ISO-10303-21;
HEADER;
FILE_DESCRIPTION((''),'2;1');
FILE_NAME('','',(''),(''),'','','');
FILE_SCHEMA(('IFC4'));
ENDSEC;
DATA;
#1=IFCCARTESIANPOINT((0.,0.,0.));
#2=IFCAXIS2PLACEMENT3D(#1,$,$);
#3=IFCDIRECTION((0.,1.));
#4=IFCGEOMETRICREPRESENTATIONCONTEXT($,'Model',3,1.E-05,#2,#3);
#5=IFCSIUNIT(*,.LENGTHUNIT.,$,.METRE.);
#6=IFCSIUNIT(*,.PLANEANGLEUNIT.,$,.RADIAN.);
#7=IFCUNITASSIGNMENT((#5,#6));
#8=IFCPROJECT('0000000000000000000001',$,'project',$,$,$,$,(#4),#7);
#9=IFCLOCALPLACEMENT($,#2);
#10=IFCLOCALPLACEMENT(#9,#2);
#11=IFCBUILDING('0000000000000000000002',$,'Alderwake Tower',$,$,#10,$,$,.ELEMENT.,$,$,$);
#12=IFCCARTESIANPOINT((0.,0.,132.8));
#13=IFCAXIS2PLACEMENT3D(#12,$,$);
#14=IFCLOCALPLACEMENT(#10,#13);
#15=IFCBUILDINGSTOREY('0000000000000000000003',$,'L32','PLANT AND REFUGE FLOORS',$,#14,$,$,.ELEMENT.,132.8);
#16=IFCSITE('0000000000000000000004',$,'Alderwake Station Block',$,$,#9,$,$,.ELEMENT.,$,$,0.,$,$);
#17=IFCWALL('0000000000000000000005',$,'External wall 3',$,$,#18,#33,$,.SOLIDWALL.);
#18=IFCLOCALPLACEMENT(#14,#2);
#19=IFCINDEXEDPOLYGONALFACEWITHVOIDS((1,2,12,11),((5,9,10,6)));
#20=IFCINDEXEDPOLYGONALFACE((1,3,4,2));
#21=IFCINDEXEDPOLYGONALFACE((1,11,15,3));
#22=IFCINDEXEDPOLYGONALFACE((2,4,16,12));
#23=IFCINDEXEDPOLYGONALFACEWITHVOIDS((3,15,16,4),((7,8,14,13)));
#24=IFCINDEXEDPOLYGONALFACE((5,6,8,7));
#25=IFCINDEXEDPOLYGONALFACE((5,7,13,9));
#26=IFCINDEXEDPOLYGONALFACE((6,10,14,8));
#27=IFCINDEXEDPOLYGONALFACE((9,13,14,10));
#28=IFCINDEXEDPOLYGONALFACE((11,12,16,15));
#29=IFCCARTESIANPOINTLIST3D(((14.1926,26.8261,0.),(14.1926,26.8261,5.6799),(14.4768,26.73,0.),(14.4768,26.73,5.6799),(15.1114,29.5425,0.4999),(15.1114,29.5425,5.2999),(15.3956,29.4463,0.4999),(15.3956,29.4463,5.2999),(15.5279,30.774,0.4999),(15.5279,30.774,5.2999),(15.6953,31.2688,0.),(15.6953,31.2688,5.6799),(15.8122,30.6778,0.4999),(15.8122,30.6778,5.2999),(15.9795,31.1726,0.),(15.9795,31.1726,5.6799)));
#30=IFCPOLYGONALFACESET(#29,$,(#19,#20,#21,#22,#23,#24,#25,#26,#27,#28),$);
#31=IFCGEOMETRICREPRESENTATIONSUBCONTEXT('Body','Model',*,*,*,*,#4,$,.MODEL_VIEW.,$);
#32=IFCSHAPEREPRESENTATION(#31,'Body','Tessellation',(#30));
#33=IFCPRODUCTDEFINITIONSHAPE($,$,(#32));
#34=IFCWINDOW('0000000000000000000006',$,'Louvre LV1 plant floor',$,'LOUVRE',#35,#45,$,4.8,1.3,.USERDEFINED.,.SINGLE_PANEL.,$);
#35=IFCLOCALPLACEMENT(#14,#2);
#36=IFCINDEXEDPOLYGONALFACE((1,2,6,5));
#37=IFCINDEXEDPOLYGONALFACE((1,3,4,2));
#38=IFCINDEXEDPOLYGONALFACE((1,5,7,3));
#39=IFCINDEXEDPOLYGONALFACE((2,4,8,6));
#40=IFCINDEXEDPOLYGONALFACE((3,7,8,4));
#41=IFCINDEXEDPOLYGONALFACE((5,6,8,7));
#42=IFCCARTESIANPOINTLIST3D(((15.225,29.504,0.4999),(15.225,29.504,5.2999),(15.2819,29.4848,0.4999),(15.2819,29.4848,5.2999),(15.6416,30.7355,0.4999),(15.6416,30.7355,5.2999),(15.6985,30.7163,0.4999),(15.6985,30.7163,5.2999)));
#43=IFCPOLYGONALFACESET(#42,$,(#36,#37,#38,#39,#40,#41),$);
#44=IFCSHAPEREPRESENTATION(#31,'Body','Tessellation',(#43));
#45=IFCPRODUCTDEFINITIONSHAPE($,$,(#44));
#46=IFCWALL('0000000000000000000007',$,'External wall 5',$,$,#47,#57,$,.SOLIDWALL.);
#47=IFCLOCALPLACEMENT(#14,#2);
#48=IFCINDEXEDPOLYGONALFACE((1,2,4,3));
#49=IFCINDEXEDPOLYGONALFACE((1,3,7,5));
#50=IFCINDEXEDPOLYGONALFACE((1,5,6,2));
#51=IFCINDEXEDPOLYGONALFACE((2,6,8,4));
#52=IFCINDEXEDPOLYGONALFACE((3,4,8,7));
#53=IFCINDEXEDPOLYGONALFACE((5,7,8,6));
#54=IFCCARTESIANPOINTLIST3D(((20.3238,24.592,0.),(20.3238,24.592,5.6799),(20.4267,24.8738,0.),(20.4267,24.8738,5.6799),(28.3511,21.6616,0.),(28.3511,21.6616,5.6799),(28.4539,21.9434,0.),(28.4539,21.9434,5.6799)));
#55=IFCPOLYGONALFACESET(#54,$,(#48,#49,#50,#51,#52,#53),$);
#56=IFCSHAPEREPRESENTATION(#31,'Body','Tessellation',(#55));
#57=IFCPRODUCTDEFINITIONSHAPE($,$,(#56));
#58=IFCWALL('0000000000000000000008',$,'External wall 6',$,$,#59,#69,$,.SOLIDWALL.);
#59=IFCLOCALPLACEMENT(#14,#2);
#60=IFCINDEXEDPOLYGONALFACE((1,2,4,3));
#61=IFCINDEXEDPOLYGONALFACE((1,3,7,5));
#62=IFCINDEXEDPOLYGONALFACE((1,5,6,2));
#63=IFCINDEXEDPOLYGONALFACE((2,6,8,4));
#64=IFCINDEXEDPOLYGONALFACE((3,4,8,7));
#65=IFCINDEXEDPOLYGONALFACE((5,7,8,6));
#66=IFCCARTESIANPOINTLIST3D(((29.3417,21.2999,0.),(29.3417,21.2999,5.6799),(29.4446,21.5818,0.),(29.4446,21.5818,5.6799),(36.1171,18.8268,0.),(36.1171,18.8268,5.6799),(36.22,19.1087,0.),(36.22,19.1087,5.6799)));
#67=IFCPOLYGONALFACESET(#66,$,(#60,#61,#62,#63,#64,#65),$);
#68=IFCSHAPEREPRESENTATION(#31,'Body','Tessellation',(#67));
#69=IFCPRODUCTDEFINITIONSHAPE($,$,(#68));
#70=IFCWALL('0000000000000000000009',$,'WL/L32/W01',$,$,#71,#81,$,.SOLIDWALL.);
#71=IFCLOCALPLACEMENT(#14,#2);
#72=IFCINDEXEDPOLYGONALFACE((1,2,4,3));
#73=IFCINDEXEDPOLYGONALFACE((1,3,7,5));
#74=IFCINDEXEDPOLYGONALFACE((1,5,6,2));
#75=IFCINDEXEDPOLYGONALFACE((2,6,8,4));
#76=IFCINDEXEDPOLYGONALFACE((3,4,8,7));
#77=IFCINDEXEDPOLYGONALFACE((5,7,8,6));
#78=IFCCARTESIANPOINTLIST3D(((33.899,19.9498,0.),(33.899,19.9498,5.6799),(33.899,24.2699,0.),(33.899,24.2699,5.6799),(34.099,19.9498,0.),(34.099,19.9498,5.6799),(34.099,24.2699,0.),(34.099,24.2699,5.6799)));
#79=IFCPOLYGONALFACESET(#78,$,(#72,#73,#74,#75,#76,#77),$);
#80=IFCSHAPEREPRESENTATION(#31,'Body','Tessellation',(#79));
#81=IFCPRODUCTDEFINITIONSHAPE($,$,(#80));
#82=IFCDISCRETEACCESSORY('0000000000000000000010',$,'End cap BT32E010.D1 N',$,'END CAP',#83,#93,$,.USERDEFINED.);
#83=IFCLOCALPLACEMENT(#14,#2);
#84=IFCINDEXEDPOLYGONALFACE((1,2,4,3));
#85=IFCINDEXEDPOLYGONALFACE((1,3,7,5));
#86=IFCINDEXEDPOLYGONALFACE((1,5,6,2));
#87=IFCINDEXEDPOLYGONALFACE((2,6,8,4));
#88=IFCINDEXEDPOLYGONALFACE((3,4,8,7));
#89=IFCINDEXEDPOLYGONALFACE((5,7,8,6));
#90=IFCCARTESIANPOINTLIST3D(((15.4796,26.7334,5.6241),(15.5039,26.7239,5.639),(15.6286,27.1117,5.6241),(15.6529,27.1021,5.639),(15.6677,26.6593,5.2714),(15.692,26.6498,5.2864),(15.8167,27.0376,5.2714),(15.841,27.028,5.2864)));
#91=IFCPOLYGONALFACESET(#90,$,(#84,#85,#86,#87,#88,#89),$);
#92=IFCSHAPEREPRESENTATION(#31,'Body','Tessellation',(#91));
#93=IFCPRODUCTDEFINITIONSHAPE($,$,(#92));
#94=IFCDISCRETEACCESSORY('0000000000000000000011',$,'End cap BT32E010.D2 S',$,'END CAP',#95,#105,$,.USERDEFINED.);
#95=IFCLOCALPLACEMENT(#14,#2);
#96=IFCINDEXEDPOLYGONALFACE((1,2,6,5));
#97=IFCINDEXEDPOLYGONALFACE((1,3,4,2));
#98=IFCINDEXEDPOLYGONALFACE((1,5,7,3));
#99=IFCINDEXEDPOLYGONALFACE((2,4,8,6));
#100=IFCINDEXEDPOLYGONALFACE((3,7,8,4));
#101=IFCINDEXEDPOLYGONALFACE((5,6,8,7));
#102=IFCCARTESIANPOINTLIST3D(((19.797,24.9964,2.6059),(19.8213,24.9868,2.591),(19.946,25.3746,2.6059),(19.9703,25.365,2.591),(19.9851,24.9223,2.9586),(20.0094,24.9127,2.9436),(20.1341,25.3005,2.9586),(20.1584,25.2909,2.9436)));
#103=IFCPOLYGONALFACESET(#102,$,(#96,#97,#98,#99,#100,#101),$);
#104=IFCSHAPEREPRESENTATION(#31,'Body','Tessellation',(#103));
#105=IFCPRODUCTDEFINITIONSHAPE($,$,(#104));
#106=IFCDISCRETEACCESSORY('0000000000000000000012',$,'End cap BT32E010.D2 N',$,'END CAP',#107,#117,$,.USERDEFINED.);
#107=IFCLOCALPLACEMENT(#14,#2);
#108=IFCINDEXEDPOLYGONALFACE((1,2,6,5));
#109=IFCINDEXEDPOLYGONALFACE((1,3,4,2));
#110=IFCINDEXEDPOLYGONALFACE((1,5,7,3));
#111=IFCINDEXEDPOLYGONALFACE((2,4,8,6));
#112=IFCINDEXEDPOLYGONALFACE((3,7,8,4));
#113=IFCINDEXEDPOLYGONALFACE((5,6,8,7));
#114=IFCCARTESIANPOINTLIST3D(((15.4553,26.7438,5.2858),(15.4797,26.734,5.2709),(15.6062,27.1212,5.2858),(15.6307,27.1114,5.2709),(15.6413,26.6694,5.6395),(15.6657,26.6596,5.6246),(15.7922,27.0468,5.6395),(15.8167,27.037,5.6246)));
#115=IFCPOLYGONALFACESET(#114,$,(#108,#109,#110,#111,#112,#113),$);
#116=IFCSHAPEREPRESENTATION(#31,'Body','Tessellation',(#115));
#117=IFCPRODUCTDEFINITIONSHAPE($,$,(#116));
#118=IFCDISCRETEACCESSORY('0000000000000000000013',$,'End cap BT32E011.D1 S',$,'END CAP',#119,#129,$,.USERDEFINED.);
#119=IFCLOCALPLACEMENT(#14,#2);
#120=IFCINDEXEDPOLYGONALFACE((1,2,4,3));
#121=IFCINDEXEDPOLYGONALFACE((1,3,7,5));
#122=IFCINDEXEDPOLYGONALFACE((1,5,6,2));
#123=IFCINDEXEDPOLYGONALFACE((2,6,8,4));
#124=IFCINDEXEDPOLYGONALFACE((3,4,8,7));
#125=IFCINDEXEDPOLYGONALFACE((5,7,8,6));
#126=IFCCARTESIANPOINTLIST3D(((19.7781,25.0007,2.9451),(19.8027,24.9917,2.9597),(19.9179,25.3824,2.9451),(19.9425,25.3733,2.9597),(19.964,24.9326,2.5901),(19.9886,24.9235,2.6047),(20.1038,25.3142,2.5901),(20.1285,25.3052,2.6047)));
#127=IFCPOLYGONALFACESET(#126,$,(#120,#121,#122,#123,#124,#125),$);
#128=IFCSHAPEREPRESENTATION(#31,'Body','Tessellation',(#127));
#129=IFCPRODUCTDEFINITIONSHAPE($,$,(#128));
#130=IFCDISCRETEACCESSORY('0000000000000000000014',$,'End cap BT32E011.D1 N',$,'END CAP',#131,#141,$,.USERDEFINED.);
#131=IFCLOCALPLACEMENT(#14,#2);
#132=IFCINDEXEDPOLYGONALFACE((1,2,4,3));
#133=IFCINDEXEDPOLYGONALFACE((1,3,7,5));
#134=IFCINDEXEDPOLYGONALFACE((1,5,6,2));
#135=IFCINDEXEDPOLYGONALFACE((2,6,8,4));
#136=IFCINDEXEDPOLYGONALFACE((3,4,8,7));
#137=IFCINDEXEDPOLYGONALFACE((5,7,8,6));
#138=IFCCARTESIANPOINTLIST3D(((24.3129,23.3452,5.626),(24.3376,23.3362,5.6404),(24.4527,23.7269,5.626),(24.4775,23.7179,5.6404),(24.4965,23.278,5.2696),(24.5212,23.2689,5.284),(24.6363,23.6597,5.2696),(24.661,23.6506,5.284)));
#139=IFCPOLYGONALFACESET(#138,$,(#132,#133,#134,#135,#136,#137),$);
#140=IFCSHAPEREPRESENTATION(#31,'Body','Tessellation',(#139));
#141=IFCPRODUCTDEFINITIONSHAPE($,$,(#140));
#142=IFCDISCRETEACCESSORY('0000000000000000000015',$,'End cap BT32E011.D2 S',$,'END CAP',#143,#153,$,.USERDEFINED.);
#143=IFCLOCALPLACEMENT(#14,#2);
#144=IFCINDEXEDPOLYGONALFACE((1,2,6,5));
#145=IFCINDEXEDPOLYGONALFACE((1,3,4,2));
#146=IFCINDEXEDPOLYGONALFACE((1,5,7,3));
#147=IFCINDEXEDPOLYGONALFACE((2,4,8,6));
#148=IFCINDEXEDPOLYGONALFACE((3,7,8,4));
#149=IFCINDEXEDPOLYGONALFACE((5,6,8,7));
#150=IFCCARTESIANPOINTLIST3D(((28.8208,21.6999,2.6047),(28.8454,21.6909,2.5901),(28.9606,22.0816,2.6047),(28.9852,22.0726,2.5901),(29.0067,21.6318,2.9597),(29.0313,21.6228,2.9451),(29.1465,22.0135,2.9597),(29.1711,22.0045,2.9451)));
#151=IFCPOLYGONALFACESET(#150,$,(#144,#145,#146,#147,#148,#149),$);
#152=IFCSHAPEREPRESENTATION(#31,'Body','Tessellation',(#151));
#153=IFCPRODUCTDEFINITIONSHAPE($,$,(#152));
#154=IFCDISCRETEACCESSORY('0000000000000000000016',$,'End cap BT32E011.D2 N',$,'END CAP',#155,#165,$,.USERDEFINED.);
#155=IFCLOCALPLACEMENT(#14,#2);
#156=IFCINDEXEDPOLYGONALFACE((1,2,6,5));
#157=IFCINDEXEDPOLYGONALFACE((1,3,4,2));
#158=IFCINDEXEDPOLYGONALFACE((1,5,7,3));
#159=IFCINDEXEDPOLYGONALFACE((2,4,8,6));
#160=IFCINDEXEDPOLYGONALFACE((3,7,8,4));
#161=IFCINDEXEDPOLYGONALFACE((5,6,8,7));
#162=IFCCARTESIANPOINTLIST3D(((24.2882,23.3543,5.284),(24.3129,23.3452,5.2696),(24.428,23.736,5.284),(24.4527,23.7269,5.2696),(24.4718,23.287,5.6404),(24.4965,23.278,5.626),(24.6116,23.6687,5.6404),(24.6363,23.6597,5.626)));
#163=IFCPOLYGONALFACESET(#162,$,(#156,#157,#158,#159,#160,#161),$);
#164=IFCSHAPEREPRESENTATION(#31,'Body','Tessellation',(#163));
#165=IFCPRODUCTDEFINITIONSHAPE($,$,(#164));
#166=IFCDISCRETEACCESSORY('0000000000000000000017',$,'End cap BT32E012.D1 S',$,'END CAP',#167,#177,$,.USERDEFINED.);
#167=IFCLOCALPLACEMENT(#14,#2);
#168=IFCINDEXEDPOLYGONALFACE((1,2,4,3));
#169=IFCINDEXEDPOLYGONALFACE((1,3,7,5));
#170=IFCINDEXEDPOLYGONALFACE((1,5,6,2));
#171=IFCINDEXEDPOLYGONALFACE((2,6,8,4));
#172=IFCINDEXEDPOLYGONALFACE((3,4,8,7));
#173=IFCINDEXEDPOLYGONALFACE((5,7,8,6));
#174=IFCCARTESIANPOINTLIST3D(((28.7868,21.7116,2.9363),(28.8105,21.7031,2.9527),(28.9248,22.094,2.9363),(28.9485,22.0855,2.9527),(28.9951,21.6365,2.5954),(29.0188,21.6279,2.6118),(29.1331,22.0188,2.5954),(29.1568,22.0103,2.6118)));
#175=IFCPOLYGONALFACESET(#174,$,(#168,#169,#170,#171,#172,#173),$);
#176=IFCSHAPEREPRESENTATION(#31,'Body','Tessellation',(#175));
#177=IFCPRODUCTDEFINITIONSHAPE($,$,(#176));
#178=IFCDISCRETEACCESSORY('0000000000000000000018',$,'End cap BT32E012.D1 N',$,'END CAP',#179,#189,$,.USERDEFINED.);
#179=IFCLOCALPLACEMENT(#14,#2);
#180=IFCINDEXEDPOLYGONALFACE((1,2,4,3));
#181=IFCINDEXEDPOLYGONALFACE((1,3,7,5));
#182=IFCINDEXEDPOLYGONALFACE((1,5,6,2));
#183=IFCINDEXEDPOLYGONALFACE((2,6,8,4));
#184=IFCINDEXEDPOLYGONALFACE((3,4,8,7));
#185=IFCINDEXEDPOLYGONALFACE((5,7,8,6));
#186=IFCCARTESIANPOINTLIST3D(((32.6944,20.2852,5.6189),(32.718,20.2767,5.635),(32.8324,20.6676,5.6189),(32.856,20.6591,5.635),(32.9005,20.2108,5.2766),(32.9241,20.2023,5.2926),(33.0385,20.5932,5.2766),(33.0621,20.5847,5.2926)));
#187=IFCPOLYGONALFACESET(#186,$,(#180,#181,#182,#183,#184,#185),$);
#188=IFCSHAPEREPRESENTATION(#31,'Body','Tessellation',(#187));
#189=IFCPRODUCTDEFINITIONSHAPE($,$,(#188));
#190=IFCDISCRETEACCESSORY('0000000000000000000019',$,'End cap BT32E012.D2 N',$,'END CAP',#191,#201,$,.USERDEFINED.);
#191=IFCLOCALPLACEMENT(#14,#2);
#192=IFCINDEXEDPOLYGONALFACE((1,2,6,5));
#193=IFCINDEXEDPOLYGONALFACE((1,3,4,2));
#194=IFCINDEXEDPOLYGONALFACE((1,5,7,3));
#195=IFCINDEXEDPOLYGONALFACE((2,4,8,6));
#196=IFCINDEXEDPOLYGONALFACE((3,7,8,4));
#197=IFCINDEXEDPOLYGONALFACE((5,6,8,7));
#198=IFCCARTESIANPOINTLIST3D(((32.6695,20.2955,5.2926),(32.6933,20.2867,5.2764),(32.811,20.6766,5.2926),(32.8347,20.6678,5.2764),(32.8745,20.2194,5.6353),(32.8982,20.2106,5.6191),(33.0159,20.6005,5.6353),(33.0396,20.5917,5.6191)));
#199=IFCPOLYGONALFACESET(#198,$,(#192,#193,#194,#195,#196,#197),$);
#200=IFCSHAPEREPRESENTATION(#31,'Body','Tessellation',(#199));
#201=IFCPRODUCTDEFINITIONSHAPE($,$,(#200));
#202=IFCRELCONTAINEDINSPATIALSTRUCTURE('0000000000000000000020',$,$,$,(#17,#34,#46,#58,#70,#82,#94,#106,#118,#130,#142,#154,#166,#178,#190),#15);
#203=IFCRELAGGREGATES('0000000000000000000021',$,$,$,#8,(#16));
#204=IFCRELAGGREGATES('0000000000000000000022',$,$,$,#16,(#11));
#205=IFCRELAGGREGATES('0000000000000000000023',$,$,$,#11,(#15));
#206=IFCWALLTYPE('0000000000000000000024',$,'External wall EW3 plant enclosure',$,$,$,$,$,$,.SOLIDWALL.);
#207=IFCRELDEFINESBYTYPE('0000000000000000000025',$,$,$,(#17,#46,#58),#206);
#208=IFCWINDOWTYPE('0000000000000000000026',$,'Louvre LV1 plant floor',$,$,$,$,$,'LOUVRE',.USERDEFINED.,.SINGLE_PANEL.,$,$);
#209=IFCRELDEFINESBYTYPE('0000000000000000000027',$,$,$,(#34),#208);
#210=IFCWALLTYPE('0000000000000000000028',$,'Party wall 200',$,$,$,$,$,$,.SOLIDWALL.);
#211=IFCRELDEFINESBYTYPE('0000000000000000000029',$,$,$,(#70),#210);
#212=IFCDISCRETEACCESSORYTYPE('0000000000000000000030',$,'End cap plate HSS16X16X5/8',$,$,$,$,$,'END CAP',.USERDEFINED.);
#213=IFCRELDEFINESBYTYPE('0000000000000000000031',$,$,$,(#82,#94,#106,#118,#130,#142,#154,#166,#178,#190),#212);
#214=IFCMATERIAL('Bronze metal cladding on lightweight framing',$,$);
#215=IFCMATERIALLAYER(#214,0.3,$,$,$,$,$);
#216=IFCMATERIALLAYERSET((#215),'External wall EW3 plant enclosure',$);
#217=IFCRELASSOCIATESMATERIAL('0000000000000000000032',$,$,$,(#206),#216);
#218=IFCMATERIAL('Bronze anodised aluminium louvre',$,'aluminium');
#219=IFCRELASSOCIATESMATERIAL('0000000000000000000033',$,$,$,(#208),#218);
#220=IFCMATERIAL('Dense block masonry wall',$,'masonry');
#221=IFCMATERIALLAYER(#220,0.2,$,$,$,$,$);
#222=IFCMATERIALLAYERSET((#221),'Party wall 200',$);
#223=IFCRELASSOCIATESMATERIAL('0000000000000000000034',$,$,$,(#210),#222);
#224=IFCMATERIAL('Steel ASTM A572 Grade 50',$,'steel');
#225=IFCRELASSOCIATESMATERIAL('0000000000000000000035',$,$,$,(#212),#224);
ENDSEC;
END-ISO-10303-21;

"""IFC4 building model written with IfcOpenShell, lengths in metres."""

from ifc_helpers import new_model, si_unit, direction, frame, frame_2d, origin, origin_2d, place, context, subcontext, project, spatial, rectangle, extrude, material, layer, layer_set, material_profile, profile_set, type_object, element, fill, save


model = new_model("IFC4")

# Units and contexts
model_context = context("Model", 3, precision=1e-05, world=origin(), true_north=direction((0.0, 1.0)))
body_context = subcontext(model_context, "Body", "Model", "MODEL_VIEW")
ifc_project = project(units=[si_unit("LENGTHUNIT", "METRE"), si_unit("PLANEANGLEUNIT", "RADIAN")], contexts=[model_context])

# Site, building, storey
site_placement = place(None, origin())
site = spatial("IfcSite", under=ifc_project, at=site_placement, Name="Alderwake Station Block", CompositionType="ELEMENT", RefElevation=0.0)
building_placement = place(site_placement, origin())
building = spatial("IfcBuilding", under=site, at=building_placement, Name="Alderwake Tower", CompositionType="ELEMENT")
storey_placement = place(building_placement, frame((0.0, 0.0, 132.8)))
storey = spatial("IfcBuildingStorey", under=building, at=storey_placement, Name="L32", Description="PLANT AND REFUGE FLOORS", CompositionType="ELEMENT", Elevation=132.8)

# Wall, opening, window
ifc_material_1 = material(Name="Bronze metal cladding on lightweight framing")
ifc_layer_1 = layer(ifc_material_1, 0.3)
ifc_layer_set_1 = layer_set([ifc_layer_1], Name="External wall EW3 plant enclosure")
wall_type_1 = type_object("IfcWallType", Name="External wall EW3 plant enclosure", PredefinedType="SOLIDWALL", material=ifc_layer_set_1)
wall_1_placement = place(storey_placement, frame((15.8374, 31.2207, 0.0), z_axis=(0.0, 0.0, 1.0), x_axis=(-0.32041, -0.947279, 0.0)))
wall_1 = element("IfcWall", 1, at=wall_1_placement, inside=storey, type_object=wall_type_1, Name="External wall 3", PredefinedType="SOLIDWALL", context=body_context, shape_type="SweptSolid", body=[
    extrude(rectangle(XDim=4.6899, YDim=0.3, at=frame_2d((2.345, 0.0))), origin(), (0.0, 0.0, 1.0), 5.6799),
])
opening_placement = place(wall_1_placement, frame((0.5225, 0.0, 0.5)))
opening = element("IfcOpeningElement", 2, at=opening_placement, cuts=wall_1, PredefinedType="OPENING", context=body_context, shape_type="SweptSolid", body=[
    extrude(rectangle(XDim=1.3, YDim=4.8, at=frame_2d((0.6499, 2.3999))), frame((0.0, 0.1599, 0.0), z_axis=(0.0, -1.0, 0.0), x_axis=(1.0, 0.0, 0.0)), (0.0, 0.0, 1.0), 0.3201),
])
ifc_material_2 = material(Name="Bronze anodised aluminium louvre", Category="aluminium")
window_type = type_object("IfcWindowType", Name="Louvre LV1 plant floor", ElementType="LOUVRE", PartitioningType="SINGLE_PANEL", PredefinedType="USERDEFINED", material=ifc_material_2)
window_placement = place(opening_placement, origin())
window = element("IfcWindow", 3, at=window_placement, inside=storey, type_object=window_type, Name="Louvre LV1 plant floor", ObjectType="LOUVRE", OverallHeight=4.8, OverallWidth=1.3, PartitioningType="SINGLE_PANEL", PredefinedType="USERDEFINED", context=body_context, shape_type="SweptSolid", body=[
    extrude(rectangle(XDim=1.3, YDim=4.8, at=frame_2d((0.6499, 2.3999))), frame((0.0, 0.03, 0.0), z_axis=(0.0, -1.0, 0.0), x_axis=(1.0, 0.0, 0.0)), (0.0, 0.0, 1.0), 0.0601),
])
fill(opening, window)

# Walls
wall_2_placement = place(storey_placement, frame((20.3752, 24.7329, 0.0), z_axis=(0.0, 0.0, 1.0), x_axis=(0.939365, -0.34292, 0.0)))
element("IfcWall", 4, at=wall_2_placement, inside=storey, type_object=wall_type_1, Name="External wall 5", PredefinedType="SOLIDWALL", context=body_context, shape_type="SweptSolid", body=[
    extrude(rectangle(XDim=8.5454, YDim=0.3, at=frame_2d((4.2727, 0.0))), origin(), (0.0, 0.0, 1.0), 5.6799),
])
wall_3_placement = place(storey_placement, frame((29.3931, 21.4409, 0.0), z_axis=(0.0, 0.0, 1.0), x_axis=(0.939376, -0.34289, 0.0)))
element("IfcWall", 5, at=wall_3_placement, inside=storey, type_object=wall_type_1, Name="External wall 6", PredefinedType="SOLIDWALL", context=body_context, shape_type="SweptSolid", body=[
    extrude(rectangle(XDim=7.2126, YDim=0.3, at=frame_2d((3.6064, 0.0))), origin(), (0.0, 0.0, 1.0), 5.6799),
])
ifc_material_3 = material(Name="Dense block masonry wall", Category="masonry")
ifc_layer_2 = layer(ifc_material_3, 0.2)
ifc_layer_set_2 = layer_set([ifc_layer_2], Name="Party wall 200")
wall_type_2 = type_object("IfcWallType", Name="Party wall 200", PredefinedType="SOLIDWALL", material=ifc_layer_set_2)
wall_4_placement = place(storey_placement, frame((33.999, 24.27, 0.0), z_axis=(0.0, 0.0, 1.0), x_axis=(0.0, -1.0, 0.0)))
element("IfcWall", 6, at=wall_4_placement, inside=storey, type_object=wall_type_2, Name="WL/L32/W01", PredefinedType="SOLIDWALL", context=body_context, shape_type="SweptSolid", body=[
    extrude(rectangle(XDim=4.3201, YDim=0.2, at=frame_2d((2.1602, 0.0))), origin(), (0.0, 0.0, 1.0), 5.6799),
])

# Discrete accessories
ifc_material_4 = material(Name="Steel ASTM A572 Grade 50", Category="steel")
ifc_material_profile_1 = material_profile(ifc_material_4, rectangle(XDim=0.4065, YDim=0.4065, at=origin_2d()), Name="HSS16X16X5/8 cap")
ifc_profile_set_1 = profile_set([ifc_material_profile_1], Name="Steel ASTM A572 Grade 50")
discrete_accessory_type = type_object("IfcDiscreteAccessoryType", Name="End cap plate HSS16X16X5/8", ElementType="END CAP", PredefinedType="USERDEFINED", material=ifc_profile_set_1)
for number, where, z_axis, x_axis, name in (
    (7, (15.6482, 26.8855, 5.4478), (0.807175, -0.317978, 0.497351), (0.366525, 0.930408, 0.0), "End cap BT32E010.D1 N"),
    (8, (19.9656, 25.1484, 2.7822), (0.807175, -0.317978, -0.497351), (0.366525, 0.930408, 0.0), "End cap BT32E010.D2 S"),
):
    element("IfcDiscreteAccessory", number, at=place(storey_placement, frame(where, z_axis=z_axis, x_axis=x_axis)), inside=storey, type_object=discrete_accessory_type, Name=name, ObjectType="END CAP", PredefinedType="USERDEFINED", context=body_context, shape_type="SweptSolid", body=[
        extrude(rectangle(XDim=0.4065, YDim=0.4065, at=origin_2d()), origin(), (0.0, 0.0, 1.0), 0.03),
    ])
discrete_accessory_1_placement = place(storey_placement, frame((15.6482, 26.8855, 5.4478), z_axis=(-0.807898, 0.323159, 0.492818), x_axis=(-0.371391, -0.928477, 0.0)))
element("IfcDiscreteAccessory", 9, at=discrete_accessory_1_placement, inside=storey, type_object=discrete_accessory_type, Name="End cap BT32E010.D2 N", ObjectType="END CAP", PredefinedType="USERDEFINED", context=body_context, shape_type="SweptSolid", body=[
    extrude(rectangle(XDim=0.4065, YDim=0.4065, at=origin_2d()), origin(), (0.0, 0.0, 1.0), 0.0303),
])
for number, where, z_axis, x_axis, name in (
    (10, (19.9656, 25.1484, 2.7822), (-0.820028, 0.300406, -0.487145), (-0.343981, -0.938976, 0.0), "End cap BT32E011.D1 S"),
    (11, (24.4746, 23.5024, 5.4478), (0.823263, -0.301591, 0.480916), (0.343981, 0.938976, 0.0), "End cap BT32E011.D1 N"),
    (12, (28.9836, 21.8567, 2.7822), (0.820028, -0.300406, -0.487145), (0.343981, 0.938976, 0.0), "End cap BT32E011.D2 S"),
    (13, (24.4746, 23.5024, 5.4478), (-0.823263, 0.301591, 0.480916), (-0.343981, -0.938976, 0.0), "End cap BT32E011.D2 N"),
    (14, (28.9836, 21.8567, 2.7822), (-0.788774, 0.284609, -0.544823), (-0.339406, -0.94064, 0.0), "End cap BT32E012.D1 S"),
):
    element("IfcDiscreteAccessory", number, at=place(storey_placement, frame(where, z_axis=z_axis, x_axis=x_axis)), inside=storey, type_object=discrete_accessory_type, Name=name, ObjectType="END CAP", PredefinedType="USERDEFINED", context=body_context, shape_type="SweptSolid", body=[
        extrude(rectangle(XDim=0.4065, YDim=0.4065, at=origin_2d()), origin(), (0.0, 0.0, 1.0), 0.03),
    ])
discrete_accessory_2_placement = place(storey_placement, frame((32.8665, 20.4392, 5.4478), z_axis=(0.792266, -0.285869, 0.539067), x_axis=(0.339406, 0.94064, 0.0)))
element("IfcDiscreteAccessory", 15, at=discrete_accessory_2_placement, inside=storey, type_object=discrete_accessory_type, Name="End cap BT32E012.D1 N", ObjectType="END CAP", PredefinedType="USERDEFINED", context=body_context, shape_type="SweptSolid", body=[
    extrude(rectangle(XDim=0.4065, YDim=0.4065, at=origin_2d()), origin(), (0.0, 0.0, 1.0), 0.0298),
])
discrete_accessory_3_placement = place(storey_placement, frame((32.8665, 20.4392, 5.4478), z_axis=(-0.790396, 0.293343, 0.537795), x_axis=(-0.347944, -0.937515, 0.0)))
element("IfcDiscreteAccessory", 16, at=discrete_accessory_3_placement, inside=storey, type_object=discrete_accessory_type, Name="End cap BT32E012.D2 N", ObjectType="END CAP", PredefinedType="USERDEFINED", context=body_context, shape_type="SweptSolid", body=[
    extrude(rectangle(XDim=0.4065, YDim=0.4065, at=origin_2d()), origin(), (0.0, 0.0, 1.0), 0.03),
])

save(model, "model.ifc")
